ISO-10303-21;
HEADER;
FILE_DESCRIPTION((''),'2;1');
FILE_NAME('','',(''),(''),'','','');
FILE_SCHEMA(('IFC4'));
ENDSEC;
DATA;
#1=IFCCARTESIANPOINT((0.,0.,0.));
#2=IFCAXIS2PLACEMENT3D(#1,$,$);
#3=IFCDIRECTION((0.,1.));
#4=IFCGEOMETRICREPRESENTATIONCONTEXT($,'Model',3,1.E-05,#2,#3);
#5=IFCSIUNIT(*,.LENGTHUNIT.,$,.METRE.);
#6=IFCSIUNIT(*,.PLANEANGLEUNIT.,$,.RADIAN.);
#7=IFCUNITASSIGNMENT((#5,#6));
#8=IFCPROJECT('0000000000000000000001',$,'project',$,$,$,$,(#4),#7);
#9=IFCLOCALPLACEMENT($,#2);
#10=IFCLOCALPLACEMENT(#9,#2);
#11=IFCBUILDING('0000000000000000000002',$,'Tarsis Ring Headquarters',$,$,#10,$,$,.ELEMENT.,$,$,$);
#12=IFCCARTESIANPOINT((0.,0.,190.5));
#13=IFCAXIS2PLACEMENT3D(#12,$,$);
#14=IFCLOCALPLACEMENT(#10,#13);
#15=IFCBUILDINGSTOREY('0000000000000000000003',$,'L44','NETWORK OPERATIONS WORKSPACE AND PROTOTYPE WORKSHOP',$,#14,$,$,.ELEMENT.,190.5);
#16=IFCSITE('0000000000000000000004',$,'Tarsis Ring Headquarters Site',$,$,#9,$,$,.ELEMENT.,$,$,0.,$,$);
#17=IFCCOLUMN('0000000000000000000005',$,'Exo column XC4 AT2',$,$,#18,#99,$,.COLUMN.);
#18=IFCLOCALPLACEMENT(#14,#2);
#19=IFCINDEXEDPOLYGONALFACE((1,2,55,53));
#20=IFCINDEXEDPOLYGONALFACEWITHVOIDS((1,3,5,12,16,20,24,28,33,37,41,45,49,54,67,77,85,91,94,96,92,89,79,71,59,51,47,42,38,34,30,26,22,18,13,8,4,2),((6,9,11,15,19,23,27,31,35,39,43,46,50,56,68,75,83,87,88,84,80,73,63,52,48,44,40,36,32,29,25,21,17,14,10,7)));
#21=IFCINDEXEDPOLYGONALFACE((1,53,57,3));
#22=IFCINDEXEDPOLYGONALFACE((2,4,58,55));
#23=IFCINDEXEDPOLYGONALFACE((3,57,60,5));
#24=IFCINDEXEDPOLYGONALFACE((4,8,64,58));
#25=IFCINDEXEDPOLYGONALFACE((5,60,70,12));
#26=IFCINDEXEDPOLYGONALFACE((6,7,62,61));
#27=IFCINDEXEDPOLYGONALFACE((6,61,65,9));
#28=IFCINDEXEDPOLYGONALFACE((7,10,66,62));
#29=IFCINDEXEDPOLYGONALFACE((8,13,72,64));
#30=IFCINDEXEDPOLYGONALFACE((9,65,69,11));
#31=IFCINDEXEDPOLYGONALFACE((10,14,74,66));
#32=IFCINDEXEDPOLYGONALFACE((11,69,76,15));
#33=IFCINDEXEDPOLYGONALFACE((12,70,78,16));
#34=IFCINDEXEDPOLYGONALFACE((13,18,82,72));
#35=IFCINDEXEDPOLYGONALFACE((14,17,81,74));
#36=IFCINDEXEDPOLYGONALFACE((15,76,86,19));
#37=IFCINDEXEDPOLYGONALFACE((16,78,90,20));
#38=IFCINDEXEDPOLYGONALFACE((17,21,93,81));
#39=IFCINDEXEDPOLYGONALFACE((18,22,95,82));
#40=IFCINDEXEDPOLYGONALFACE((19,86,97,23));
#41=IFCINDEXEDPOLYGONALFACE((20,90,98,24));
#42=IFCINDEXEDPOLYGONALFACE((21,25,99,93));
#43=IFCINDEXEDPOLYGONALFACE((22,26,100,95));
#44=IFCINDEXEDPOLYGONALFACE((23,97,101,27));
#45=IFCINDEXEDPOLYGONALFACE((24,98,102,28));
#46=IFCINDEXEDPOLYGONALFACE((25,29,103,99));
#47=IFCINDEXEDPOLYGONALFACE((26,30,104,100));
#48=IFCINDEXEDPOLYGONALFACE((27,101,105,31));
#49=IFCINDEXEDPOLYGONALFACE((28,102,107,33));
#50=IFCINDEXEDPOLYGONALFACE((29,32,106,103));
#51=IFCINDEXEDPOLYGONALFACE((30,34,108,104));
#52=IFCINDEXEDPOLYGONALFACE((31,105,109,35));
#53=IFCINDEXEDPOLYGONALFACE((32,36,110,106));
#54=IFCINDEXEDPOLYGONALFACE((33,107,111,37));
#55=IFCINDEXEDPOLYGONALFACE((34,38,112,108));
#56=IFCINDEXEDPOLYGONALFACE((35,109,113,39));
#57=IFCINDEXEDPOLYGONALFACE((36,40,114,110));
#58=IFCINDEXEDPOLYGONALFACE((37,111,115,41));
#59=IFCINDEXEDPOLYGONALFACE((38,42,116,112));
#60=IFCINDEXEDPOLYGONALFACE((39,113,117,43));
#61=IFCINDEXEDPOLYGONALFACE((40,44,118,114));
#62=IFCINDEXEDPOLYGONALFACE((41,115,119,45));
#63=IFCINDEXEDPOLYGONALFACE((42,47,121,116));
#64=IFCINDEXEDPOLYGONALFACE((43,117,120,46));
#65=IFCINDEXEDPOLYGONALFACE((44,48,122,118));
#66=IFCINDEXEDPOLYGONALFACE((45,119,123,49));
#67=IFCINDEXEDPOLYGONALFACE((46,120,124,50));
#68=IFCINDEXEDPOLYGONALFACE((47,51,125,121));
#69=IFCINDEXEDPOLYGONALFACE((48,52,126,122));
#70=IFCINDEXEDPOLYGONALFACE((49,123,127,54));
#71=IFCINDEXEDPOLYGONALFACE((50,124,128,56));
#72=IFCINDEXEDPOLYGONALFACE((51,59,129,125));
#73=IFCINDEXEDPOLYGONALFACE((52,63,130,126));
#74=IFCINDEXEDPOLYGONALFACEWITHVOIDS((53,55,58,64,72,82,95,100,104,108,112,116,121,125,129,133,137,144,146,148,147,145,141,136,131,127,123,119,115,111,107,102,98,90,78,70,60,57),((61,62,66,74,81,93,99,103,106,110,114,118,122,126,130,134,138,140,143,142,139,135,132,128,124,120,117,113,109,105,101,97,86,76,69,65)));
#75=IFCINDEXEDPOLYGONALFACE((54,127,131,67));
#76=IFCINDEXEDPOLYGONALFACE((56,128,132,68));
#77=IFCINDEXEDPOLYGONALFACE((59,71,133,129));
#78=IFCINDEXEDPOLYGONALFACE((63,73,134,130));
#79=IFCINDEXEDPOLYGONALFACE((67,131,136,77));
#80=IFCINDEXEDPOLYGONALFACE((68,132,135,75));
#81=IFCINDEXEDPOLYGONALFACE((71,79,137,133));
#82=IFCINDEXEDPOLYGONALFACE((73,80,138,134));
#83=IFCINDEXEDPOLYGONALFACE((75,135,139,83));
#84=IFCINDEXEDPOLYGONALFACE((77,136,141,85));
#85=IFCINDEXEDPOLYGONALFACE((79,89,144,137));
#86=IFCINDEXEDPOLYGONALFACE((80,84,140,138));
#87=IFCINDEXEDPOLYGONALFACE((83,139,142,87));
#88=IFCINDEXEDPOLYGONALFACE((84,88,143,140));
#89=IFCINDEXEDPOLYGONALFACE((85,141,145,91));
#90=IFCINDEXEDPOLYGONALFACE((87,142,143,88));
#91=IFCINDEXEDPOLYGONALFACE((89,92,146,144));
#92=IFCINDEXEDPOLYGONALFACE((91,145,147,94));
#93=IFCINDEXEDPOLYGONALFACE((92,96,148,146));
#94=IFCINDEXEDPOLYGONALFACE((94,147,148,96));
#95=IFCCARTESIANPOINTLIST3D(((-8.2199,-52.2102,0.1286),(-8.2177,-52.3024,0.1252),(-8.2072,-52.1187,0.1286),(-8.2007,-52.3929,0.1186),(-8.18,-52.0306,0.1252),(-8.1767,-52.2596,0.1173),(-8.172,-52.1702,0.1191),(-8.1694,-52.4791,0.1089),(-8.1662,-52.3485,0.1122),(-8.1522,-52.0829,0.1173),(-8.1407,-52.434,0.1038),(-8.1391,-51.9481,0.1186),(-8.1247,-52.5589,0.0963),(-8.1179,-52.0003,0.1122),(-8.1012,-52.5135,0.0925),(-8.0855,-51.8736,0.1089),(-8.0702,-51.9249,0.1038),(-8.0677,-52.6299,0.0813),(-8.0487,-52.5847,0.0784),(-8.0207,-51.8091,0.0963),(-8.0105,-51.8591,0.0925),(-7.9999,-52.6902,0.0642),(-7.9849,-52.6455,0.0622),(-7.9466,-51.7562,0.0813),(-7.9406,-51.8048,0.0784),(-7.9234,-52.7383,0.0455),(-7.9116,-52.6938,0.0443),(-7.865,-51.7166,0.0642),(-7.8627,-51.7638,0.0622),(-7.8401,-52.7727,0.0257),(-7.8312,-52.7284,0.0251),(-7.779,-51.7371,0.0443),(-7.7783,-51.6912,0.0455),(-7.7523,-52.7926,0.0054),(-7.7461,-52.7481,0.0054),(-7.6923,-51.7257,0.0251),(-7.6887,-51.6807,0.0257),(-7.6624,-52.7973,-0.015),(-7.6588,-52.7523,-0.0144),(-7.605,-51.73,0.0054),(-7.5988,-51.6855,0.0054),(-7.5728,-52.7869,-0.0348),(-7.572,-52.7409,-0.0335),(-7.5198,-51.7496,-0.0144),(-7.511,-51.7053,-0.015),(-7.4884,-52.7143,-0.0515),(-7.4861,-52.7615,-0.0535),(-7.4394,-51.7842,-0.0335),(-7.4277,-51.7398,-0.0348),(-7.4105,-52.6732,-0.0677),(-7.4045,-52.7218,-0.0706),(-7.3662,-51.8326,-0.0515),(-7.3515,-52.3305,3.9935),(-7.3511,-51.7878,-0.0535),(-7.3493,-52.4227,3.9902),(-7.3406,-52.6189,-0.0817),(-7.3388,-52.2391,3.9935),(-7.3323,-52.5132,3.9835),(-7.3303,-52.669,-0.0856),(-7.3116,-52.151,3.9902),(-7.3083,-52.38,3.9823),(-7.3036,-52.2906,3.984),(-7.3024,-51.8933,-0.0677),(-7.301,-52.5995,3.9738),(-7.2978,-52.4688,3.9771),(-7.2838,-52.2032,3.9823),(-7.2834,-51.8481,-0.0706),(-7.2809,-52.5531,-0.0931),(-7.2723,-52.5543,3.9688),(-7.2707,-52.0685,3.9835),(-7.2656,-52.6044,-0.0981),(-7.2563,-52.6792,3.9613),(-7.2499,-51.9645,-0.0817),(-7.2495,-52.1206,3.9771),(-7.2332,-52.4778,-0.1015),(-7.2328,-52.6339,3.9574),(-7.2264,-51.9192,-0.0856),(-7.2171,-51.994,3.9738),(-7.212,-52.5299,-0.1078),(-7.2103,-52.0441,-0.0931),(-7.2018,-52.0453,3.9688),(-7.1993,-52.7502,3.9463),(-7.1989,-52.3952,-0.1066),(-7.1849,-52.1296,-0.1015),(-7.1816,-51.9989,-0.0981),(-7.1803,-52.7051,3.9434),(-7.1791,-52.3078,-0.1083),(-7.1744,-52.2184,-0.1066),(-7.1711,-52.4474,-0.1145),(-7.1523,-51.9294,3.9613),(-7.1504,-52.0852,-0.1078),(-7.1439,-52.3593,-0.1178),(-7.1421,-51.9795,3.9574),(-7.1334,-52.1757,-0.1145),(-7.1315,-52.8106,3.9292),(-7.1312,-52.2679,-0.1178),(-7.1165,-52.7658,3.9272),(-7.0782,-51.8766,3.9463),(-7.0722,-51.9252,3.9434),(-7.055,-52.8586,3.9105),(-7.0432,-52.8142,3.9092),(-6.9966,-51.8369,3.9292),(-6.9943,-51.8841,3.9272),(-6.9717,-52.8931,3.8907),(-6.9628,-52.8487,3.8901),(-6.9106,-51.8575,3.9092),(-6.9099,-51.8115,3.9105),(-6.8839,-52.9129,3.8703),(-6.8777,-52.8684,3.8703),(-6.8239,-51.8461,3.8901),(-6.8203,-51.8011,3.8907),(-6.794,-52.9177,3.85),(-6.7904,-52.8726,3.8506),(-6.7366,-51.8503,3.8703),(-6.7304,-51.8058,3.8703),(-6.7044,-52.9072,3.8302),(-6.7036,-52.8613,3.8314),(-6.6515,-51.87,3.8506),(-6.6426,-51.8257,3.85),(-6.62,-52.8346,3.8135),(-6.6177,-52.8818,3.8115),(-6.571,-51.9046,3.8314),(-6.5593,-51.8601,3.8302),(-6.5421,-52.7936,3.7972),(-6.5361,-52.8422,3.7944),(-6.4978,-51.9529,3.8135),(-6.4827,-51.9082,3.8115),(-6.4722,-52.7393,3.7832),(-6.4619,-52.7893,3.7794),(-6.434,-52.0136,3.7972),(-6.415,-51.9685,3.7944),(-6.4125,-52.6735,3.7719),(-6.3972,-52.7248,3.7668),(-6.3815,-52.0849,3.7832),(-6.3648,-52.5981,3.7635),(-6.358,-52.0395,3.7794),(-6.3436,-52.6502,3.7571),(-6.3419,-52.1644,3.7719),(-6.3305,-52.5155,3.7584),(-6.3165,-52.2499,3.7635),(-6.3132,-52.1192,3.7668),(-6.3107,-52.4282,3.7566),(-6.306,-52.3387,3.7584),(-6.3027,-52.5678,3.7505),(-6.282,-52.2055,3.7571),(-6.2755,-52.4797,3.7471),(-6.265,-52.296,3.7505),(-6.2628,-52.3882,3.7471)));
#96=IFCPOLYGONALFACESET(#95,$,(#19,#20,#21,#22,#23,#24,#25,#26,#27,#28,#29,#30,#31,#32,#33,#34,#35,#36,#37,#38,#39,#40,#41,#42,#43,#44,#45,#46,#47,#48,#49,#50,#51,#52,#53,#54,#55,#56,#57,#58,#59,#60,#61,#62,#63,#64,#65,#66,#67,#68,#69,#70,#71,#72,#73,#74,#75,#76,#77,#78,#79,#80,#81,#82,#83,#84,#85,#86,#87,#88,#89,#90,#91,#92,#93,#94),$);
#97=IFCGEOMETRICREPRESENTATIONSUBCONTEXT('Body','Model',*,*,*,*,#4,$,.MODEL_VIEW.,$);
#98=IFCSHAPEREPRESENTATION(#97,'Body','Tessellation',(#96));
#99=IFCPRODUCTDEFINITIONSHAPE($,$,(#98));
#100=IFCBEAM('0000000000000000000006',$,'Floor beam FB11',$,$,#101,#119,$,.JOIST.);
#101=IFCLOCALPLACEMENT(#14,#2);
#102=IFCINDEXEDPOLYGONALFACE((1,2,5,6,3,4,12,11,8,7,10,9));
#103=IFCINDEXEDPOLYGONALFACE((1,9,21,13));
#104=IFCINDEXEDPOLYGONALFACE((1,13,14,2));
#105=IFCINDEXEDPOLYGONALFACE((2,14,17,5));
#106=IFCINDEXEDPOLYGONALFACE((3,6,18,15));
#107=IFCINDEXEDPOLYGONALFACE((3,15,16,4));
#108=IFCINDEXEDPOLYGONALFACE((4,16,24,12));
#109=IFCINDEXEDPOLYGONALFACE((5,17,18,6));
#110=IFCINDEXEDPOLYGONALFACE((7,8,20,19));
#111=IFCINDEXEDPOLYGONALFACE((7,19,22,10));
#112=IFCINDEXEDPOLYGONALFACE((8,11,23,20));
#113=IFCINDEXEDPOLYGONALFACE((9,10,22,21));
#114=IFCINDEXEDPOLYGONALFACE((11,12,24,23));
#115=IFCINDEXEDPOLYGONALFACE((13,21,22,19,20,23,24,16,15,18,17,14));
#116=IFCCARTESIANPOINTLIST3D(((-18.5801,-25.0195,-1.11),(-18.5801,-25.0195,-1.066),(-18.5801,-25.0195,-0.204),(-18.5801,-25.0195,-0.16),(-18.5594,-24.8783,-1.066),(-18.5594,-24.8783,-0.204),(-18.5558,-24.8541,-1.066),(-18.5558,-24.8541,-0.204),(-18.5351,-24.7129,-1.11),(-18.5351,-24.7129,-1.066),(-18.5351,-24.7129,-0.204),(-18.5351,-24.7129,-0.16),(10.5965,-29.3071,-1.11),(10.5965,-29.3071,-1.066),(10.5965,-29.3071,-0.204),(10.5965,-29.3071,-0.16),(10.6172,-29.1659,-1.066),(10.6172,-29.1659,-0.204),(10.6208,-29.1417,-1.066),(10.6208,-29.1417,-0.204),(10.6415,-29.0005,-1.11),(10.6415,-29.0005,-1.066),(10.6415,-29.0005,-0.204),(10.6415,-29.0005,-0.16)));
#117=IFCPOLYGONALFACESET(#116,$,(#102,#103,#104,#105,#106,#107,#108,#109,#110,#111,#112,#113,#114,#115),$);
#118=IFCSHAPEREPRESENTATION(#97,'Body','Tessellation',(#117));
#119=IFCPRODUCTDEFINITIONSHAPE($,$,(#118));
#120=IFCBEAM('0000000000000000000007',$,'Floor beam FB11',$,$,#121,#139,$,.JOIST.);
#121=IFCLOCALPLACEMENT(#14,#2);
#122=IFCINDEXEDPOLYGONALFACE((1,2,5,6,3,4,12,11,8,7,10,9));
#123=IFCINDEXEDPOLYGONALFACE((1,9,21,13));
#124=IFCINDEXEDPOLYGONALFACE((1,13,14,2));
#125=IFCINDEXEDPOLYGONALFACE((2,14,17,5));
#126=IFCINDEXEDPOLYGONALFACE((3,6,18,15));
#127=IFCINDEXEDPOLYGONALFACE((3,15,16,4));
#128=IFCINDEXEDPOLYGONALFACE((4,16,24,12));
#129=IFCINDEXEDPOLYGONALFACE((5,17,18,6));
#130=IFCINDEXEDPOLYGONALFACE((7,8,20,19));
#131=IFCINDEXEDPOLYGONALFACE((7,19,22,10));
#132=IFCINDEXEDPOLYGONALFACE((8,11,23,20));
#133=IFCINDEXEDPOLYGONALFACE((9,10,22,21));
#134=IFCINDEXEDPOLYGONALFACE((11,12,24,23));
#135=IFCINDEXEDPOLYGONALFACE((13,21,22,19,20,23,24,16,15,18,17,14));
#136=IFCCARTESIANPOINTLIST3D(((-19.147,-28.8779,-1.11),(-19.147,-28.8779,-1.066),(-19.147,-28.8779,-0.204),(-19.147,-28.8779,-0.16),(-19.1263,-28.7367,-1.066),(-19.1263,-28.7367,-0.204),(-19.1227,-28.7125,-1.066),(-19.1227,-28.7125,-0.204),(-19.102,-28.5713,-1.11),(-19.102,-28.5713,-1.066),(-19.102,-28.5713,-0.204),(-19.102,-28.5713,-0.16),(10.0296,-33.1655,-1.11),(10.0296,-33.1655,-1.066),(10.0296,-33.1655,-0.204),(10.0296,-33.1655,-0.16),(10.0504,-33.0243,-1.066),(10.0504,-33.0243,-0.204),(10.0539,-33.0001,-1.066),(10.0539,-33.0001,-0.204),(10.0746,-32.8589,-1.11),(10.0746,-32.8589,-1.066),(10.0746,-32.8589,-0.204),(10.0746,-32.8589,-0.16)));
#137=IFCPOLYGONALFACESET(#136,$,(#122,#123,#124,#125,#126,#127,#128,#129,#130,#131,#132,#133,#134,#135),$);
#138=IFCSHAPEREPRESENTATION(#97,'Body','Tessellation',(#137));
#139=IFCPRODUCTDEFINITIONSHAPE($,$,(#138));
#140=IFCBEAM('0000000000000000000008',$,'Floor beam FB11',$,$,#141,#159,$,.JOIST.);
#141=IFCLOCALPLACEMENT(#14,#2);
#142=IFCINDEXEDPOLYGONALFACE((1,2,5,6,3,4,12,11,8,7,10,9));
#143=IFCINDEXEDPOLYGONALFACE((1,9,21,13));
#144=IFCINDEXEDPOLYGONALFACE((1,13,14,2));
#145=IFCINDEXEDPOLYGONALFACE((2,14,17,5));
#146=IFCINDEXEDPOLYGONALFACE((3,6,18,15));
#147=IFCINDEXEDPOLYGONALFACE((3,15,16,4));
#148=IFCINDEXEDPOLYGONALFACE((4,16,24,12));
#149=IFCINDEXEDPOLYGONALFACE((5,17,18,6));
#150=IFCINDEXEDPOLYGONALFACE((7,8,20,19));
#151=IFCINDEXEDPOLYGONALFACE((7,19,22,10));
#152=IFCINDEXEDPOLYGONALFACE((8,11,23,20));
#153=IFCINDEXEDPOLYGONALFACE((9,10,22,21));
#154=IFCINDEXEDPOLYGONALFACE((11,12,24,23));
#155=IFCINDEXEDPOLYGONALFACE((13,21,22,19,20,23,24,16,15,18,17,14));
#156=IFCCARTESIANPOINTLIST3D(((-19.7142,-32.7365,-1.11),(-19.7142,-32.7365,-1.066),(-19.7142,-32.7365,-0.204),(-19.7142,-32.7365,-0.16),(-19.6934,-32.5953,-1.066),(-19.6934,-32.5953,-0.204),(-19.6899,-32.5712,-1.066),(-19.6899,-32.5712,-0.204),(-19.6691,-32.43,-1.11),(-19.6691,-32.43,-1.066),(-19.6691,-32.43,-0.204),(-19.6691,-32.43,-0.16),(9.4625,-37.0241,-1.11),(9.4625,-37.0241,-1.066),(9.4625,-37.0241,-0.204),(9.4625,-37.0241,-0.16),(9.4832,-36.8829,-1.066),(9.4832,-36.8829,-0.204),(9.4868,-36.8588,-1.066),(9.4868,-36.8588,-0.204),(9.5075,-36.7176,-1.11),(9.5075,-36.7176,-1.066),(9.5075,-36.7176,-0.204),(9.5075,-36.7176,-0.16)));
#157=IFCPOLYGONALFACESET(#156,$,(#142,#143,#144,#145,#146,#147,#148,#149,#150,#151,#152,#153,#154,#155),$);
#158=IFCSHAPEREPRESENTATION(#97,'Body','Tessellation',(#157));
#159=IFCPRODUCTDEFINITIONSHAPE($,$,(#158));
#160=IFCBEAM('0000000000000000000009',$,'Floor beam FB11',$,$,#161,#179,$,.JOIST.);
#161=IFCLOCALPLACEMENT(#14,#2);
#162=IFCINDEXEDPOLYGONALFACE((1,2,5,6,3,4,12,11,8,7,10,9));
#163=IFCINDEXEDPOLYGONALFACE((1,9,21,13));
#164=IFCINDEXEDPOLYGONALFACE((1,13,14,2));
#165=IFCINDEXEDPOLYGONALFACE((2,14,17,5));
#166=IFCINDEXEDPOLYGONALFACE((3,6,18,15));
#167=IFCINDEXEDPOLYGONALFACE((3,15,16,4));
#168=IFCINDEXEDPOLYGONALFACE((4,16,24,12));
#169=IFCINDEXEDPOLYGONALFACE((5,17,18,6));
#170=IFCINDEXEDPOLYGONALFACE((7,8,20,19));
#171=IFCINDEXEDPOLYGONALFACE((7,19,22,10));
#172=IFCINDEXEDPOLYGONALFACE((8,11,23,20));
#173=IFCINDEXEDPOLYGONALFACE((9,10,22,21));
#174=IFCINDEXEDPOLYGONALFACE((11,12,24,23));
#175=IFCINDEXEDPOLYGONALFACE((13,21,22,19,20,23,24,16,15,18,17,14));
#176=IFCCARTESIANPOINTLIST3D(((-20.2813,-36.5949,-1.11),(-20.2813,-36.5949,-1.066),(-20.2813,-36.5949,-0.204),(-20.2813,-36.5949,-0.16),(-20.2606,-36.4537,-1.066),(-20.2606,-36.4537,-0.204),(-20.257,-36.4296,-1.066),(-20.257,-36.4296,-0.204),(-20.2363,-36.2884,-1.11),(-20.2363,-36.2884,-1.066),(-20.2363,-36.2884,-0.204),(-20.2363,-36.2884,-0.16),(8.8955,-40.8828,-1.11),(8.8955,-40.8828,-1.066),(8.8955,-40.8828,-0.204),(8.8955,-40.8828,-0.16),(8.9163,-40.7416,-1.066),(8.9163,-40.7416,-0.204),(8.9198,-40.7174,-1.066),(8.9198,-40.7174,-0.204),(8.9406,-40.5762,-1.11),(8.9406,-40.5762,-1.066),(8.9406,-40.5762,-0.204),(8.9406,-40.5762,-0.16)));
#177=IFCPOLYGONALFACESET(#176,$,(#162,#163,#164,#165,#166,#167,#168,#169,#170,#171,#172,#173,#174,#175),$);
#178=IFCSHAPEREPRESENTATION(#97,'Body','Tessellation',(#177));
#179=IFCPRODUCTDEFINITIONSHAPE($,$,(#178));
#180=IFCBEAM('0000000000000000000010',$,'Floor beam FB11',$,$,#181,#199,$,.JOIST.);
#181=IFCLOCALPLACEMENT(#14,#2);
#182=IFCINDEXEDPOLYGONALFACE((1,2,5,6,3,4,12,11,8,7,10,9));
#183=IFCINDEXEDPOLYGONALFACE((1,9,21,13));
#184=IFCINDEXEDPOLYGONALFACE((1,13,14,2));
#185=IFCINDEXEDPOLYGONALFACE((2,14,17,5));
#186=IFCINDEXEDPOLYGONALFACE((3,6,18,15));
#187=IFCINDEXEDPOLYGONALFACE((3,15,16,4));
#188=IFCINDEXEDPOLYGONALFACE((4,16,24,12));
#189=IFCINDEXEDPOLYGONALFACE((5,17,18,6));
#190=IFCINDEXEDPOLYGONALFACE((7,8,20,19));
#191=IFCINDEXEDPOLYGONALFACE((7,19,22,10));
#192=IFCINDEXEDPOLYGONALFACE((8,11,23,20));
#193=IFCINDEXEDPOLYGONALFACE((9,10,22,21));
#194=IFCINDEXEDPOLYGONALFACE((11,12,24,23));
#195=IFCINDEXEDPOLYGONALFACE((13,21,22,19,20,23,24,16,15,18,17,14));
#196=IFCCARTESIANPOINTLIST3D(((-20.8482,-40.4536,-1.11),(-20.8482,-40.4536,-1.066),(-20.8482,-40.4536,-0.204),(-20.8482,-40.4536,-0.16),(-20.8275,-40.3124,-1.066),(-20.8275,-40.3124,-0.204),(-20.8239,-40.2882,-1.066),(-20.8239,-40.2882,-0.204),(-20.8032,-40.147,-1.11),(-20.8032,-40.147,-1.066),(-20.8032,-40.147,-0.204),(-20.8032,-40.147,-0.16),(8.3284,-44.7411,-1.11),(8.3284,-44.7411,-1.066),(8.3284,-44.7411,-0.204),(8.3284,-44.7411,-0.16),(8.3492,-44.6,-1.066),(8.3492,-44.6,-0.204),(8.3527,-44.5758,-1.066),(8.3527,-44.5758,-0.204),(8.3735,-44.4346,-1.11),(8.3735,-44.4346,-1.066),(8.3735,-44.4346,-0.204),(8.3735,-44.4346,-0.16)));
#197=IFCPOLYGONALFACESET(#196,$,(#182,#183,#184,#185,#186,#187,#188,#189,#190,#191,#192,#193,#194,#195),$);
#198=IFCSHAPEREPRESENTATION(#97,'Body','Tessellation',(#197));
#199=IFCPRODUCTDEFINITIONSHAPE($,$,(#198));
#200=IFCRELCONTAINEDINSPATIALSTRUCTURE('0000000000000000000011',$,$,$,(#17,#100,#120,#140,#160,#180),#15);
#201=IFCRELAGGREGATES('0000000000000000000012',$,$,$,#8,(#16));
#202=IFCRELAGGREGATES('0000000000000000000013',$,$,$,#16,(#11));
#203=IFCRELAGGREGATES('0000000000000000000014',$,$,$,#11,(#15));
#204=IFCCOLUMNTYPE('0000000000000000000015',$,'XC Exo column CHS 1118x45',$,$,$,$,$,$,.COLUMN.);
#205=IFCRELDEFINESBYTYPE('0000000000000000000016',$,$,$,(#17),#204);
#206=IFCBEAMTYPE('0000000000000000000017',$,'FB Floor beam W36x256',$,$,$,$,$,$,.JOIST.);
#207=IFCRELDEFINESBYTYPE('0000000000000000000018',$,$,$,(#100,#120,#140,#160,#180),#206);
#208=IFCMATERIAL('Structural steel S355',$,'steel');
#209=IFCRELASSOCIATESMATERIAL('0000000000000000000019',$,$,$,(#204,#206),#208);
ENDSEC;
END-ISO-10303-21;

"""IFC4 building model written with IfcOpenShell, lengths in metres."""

from ifc_helpers import new_model, si_unit, direction, frame, origin, origin_2d, place, context, subcontext, project, spatial, hollow_circle, i_section, extrude, material, material_profile, profile_set, type_object, element, save


model = new_model("IFC4")

# Units and contexts
model_context = context("Model", 3, precision=1e-05, world=origin(), true_north=direction((0.0, 1.0)))
body_context = subcontext(model_context, "Body", "Model", "MODEL_VIEW")
ifc_project = project(units=[si_unit("LENGTHUNIT", "METRE"), si_unit("PLANEANGLEUNIT", "RADIAN")], contexts=[model_context])

# Site, building, storey
site_placement = place(None, origin())
site = spatial("IfcSite", under=ifc_project, at=site_placement, Name="Tarsis Ring Headquarters Site", CompositionType="ELEMENT", RefElevation=0.0)
building_placement = place(site_placement, origin())
building = spatial("IfcBuilding", under=site, at=building_placement, Name="Tarsis Ring Headquarters", CompositionType="ELEMENT")
storey_placement = place(building_placement, frame((0.0, 0.0, 190.5)))
storey = spatial("IfcBuildingStorey", under=building, at=storey_placement, Name="L44", Description="NETWORK OPERATIONS WORKSPACE AND PROTOTYPE WORKSHOP", CompositionType="ELEMENT", Elevation=190.5)

# Column
ifc_material_1 = material(Name="Structural steel S355", Category="steel")
ifc_material_profile_1 = material_profile(ifc_material_1, hollow_circle(Radius=0.5588, WallThickness=0.0449, at=origin_2d()), Name="CHS 1118x45")
ifc_profile_set_1 = profile_set([ifc_material_profile_1], Name="Structural steel S355")
column_type = type_object("IfcColumnType", Name="XC Exo column CHS 1118x45", PredefinedType="COLUMN", material=ifc_profile_set_1)
column_1_placement = place(storey_placement, frame((-7.6755, -52.239, 0.0054), z_axis=(0.219119, -0.03037, 0.975225), x_axis=(0.137288, 0.990531, 0.0)))
element("IfcColumn", 1, at=column_1_placement, inside=storey, type_object=column_type, Name="Exo column XC4 AT2", PredefinedType="COLUMN", context=body_context, shape_type="SweptSolid", body=[
    extrude(hollow_circle(Radius=0.5588, WallThickness=0.0449, at=origin_2d()), origin(), (0.0, 0.0, 1.0), 3.9631),
])

# Beams
ifc_material_profile_2 = material_profile(ifc_material_1, i_section(OverallWidth=0.3098, OverallDepth=0.95, WebThickness=0.0244, FlangeThickness=0.0439, at=origin_2d()), Name="W36x256")
ifc_profile_set_2 = profile_set([ifc_material_profile_2], Name="Structural steel S355")
beam_type_1 = type_object("IfcBeamType", Name="FB Floor beam W36x256", PredefinedType="JOIST", material=ifc_profile_set_2)
for number, where, z_axis, x_axis, name in (
    (2, (-18.5576, -24.8662, -0.635), (0.989374, -0.145391, 0.0), (0.145391, 0.989374, 0.0), "Floor beam FB11"),
    (3, (-19.1245, -28.7246, -0.635), (0.989374, -0.145391, 0.0), (0.145391, 0.989374, 0.0), "Floor beam FB11"),
    (4, (-19.6917, -32.5833, -0.635), (0.989374, -0.145391, 0.0), (0.145391, 0.989374, 0.0), "Floor beam FB11"),
):
    element("IfcBeam", number, at=place(storey_placement, frame(where, z_axis=z_axis, x_axis=x_axis)), inside=storey, type_object=beam_type_1, Name=name, PredefinedType="JOIST", context=body_context, shape_type="SweptSolid", body=[
        extrude(i_section(OverallWidth=0.3098, OverallDepth=0.95, WebThickness=0.0244, FlangeThickness=0.0439, at=origin_2d()), origin(), (0.0, 0.0, 1.0), 29.49),
    ])
beam_1_placement = place(storey_placement, frame((-20.2588, -36.4417, -0.635), z_axis=(0.989373, -0.145399, 0.0), x_axis=(0.145399, 0.989373, 0.0)))
element("IfcBeam", 5, at=beam_1_placement, inside=storey, type_object=beam_type_1, Name="Floor beam FB11", PredefinedType="JOIST", context=body_context, shape_type="SweptSolid", body=[
    extrude(i_section(OverallWidth=0.3098, OverallDepth=0.95, WebThickness=0.0244, FlangeThickness=0.0439, at=origin_2d()), origin(), (0.0, 0.0, 1.0), 29.4902),
])
for number, where, z_axis, x_axis, name in (
    (6, (-20.8257, -40.3003, -0.635), (0.989374, -0.145391, 0.0), (0.145391, 0.989374, 0.0), "Floor beam FB11"),
):
    element("IfcBeam", number, at=place(storey_placement, frame(where, z_axis=z_axis, x_axis=x_axis)), inside=storey, type_object=beam_type_1, Name=name, PredefinedType="JOIST", context=body_context, shape_type="SweptSolid", body=[
        extrude(i_section(OverallWidth=0.3098, OverallDepth=0.95, WebThickness=0.0244, FlangeThickness=0.0439, at=origin_2d()), origin(), (0.0, 0.0, 1.0), 29.49),
    ])

save(model, "model.ifc")
